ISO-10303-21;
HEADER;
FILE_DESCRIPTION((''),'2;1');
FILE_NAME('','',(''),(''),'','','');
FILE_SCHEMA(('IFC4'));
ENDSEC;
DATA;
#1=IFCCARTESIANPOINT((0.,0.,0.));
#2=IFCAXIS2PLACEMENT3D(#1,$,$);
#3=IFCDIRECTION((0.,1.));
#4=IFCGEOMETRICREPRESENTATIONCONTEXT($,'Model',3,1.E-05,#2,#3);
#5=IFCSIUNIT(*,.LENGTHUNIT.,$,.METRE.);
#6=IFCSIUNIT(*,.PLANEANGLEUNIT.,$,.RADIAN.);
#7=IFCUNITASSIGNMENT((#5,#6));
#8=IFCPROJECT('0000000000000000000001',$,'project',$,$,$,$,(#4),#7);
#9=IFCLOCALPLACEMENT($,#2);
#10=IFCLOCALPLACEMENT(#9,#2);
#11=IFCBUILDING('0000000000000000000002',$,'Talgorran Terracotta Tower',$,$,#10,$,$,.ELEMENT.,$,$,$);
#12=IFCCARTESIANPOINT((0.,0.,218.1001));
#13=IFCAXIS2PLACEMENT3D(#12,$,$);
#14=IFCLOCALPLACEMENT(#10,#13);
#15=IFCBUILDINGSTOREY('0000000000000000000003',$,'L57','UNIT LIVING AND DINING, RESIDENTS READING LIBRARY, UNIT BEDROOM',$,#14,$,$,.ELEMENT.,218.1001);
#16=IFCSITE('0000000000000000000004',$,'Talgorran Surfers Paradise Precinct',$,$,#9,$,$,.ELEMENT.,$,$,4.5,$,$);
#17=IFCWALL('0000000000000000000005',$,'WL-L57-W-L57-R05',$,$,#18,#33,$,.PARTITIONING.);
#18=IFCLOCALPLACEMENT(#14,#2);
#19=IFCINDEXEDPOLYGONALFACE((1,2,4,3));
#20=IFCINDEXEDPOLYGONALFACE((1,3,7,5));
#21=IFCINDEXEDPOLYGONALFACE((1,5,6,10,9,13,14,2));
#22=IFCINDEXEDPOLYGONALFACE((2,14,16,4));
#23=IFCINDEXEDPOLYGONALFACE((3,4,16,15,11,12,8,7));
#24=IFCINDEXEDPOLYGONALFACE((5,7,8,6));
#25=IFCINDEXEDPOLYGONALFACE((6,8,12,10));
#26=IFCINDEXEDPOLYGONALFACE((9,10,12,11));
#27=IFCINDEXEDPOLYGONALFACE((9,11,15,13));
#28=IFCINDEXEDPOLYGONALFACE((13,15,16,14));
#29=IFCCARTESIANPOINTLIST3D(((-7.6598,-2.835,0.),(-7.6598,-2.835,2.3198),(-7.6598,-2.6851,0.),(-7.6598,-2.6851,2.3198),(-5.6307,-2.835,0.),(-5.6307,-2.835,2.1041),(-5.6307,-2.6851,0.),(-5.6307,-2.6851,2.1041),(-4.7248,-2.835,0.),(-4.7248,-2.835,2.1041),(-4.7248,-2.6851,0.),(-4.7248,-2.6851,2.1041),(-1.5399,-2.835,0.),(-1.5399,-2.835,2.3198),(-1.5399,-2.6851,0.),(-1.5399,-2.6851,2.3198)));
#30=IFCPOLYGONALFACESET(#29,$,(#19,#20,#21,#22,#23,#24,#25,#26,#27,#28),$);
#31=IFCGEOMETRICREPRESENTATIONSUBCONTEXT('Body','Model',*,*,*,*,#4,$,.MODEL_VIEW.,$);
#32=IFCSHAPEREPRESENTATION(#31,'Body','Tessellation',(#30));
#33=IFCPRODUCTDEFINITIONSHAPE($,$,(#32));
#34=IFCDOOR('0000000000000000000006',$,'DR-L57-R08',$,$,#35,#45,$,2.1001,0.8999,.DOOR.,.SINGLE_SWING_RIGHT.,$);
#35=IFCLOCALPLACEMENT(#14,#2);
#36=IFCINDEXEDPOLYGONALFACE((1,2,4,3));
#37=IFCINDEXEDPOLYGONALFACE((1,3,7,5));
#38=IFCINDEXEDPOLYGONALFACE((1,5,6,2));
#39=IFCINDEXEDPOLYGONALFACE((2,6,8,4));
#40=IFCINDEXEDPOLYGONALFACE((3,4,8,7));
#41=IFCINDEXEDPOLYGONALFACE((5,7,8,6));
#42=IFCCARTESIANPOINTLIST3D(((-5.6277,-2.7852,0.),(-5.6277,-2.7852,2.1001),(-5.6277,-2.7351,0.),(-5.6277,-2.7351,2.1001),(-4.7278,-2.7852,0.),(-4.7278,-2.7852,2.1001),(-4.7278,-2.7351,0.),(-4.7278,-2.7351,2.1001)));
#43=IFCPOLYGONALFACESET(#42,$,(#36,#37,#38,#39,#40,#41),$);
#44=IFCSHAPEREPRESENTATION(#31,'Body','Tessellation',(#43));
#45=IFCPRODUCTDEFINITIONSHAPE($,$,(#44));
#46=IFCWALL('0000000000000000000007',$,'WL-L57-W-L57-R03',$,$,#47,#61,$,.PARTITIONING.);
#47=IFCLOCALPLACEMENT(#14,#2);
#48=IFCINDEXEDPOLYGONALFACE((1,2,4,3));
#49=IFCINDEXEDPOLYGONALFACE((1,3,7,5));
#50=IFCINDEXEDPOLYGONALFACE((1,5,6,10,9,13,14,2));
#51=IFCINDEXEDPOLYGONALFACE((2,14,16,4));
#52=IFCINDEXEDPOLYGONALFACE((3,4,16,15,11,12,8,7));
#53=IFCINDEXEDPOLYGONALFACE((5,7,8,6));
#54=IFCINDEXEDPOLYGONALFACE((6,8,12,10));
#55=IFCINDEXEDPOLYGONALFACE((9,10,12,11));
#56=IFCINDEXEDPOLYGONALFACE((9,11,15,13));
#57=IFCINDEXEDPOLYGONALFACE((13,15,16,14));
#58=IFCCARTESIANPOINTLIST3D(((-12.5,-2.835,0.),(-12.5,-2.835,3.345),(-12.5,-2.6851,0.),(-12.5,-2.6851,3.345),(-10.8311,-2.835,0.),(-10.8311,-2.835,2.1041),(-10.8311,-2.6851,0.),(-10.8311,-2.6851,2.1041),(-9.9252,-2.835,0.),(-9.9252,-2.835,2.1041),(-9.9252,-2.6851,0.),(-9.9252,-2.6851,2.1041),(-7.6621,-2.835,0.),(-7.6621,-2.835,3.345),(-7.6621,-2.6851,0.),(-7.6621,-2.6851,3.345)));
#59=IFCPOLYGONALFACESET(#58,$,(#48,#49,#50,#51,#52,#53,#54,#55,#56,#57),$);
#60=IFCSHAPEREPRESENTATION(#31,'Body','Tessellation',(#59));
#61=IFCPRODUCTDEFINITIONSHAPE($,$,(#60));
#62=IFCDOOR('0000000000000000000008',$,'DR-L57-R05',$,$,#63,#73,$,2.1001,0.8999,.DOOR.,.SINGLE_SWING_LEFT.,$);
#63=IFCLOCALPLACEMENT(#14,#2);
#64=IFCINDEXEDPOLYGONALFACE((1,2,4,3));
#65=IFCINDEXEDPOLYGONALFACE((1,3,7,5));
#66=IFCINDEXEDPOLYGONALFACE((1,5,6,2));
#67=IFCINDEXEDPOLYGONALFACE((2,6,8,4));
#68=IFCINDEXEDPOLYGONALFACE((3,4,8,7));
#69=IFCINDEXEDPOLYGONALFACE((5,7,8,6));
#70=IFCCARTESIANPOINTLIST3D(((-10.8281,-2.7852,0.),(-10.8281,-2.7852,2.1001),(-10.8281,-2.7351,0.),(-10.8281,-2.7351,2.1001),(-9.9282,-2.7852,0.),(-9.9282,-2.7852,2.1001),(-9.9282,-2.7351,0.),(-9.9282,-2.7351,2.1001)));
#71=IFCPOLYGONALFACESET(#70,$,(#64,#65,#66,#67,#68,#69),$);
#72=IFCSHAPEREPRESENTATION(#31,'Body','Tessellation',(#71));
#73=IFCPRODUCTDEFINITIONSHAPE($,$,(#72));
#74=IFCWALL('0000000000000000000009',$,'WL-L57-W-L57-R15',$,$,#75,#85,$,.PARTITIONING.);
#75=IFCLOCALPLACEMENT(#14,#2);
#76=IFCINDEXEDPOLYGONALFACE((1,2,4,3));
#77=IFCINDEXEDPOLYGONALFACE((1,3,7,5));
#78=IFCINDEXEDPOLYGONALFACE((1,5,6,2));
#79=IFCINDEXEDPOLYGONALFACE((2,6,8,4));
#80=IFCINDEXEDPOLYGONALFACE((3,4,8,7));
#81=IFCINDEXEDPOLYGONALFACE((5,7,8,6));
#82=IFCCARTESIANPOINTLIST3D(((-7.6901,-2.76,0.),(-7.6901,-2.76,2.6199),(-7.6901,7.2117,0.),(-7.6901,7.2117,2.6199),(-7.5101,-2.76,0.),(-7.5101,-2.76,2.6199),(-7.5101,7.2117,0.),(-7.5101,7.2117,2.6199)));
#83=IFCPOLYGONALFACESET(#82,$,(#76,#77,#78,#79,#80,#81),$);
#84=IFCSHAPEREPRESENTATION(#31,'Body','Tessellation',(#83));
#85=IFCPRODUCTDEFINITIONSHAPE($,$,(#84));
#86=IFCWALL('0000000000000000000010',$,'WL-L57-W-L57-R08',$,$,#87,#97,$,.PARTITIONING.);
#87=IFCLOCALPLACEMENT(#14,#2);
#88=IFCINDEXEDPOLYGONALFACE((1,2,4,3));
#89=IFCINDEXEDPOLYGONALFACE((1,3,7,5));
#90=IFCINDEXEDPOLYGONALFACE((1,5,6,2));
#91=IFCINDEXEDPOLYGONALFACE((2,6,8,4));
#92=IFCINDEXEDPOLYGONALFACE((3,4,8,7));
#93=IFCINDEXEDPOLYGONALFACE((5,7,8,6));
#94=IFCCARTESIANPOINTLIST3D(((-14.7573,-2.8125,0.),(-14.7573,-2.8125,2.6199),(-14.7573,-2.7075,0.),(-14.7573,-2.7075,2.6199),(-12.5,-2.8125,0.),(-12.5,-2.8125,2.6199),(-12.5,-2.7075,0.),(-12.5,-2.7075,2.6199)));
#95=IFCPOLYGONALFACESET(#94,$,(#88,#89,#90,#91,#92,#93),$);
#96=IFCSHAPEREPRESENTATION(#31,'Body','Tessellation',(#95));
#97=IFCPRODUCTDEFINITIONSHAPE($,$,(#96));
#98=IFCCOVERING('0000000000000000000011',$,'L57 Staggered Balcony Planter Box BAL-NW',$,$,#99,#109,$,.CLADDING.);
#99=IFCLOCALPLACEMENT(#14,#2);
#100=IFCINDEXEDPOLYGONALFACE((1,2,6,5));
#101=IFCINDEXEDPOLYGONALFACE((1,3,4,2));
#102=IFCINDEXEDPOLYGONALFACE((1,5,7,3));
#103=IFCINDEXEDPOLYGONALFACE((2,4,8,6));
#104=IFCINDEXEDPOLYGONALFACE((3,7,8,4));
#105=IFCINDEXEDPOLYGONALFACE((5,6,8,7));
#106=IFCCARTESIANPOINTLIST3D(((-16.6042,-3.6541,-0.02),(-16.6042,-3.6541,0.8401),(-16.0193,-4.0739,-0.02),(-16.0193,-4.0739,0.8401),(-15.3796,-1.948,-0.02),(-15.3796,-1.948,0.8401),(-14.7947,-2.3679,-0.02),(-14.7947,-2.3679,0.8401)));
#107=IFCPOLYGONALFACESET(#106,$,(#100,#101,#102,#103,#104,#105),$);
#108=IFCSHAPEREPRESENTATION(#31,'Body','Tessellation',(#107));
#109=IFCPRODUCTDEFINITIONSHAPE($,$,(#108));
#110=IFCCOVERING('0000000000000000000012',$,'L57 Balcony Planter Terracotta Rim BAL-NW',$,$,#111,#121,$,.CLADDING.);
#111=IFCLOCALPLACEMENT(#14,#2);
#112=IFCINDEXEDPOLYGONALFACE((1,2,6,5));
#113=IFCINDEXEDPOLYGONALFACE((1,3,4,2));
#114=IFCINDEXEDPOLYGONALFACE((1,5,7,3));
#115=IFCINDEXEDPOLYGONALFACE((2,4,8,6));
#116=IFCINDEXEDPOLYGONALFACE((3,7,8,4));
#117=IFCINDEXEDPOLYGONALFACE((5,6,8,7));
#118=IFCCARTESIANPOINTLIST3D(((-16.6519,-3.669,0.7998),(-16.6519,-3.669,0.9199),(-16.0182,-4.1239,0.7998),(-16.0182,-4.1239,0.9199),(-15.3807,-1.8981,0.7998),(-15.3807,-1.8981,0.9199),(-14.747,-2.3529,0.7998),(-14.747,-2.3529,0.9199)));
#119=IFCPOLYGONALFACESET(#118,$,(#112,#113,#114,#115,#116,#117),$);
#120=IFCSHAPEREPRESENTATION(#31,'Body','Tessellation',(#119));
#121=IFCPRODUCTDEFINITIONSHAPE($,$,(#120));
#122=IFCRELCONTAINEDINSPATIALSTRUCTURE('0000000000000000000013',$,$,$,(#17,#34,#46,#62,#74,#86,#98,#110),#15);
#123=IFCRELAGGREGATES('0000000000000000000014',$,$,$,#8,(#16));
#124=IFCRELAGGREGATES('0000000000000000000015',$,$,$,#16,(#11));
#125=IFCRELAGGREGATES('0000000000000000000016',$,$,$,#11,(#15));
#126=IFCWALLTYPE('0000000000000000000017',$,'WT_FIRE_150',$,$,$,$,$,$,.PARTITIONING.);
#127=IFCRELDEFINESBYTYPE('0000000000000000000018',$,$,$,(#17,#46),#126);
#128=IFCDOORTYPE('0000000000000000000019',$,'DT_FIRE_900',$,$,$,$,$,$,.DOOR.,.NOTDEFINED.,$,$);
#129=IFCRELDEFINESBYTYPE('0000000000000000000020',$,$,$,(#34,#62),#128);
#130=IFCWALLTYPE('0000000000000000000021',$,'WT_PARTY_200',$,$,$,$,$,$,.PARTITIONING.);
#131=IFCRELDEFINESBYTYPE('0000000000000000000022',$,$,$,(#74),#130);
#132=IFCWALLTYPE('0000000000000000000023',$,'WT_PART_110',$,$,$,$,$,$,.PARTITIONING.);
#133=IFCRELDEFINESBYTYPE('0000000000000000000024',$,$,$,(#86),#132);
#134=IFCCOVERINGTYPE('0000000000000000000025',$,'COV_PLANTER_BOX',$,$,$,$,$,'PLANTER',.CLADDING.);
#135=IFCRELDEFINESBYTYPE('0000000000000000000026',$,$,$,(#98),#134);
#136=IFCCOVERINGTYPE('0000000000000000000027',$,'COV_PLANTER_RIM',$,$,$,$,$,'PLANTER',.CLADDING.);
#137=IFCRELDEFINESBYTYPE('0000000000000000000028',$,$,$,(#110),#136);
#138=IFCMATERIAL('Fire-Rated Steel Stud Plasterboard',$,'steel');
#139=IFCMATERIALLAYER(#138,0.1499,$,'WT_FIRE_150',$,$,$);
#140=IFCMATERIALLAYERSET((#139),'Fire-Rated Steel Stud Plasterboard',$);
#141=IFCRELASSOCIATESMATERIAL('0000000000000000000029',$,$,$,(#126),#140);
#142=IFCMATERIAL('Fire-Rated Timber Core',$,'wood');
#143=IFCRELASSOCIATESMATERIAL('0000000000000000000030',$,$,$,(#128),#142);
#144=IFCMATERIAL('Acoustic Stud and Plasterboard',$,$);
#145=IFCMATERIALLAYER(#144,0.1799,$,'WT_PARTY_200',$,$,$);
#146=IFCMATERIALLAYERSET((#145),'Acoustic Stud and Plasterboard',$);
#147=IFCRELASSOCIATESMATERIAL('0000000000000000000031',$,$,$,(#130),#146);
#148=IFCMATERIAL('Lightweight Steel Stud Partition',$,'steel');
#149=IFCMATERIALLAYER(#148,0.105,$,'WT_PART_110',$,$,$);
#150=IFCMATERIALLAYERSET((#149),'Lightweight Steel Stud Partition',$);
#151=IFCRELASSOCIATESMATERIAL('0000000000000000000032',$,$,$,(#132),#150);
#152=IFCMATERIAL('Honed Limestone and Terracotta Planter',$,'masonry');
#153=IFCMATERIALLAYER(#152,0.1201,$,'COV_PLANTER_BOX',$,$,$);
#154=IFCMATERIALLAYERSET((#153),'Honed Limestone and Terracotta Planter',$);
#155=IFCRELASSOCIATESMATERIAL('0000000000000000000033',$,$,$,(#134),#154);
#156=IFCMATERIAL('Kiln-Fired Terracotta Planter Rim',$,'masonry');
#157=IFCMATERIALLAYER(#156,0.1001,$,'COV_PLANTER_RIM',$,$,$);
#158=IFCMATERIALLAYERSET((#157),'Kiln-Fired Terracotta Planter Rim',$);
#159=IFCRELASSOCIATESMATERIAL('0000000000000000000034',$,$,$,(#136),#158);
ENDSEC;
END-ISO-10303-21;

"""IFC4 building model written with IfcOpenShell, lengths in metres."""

from ifc_helpers import new_model, si_unit, direction, frame, frame_2d, origin, origin_2d, place, context, subcontext, project, spatial, rectangle, extrude, material, layer, layer_set, type_object, element, fill, save


model = new_model("IFC4")

# Units and contexts
model_context = context("Model", 3, precision=1e-05, world=origin(), true_north=direction((0.0, 1.0)))
body_context = subcontext(model_context, "Body", "Model", "MODEL_VIEW")
ifc_project = project(units=[si_unit("LENGTHUNIT", "METRE"), si_unit("PLANEANGLEUNIT", "RADIAN")], contexts=[model_context])

# Site, building, storey
site_placement = place(None, origin())
site = spatial("IfcSite", under=ifc_project, at=site_placement, Name="Talgorran Surfers Paradise Precinct", CompositionType="ELEMENT", RefElevation=4.5)
building_placement = place(site_placement, origin())
building = spatial("IfcBuilding", under=site, at=building_placement, Name="Talgorran Terracotta Tower", CompositionType="ELEMENT")
storey_placement = place(building_placement, frame((0.0, 0.0, 218.1001)))
storey = spatial("IfcBuildingStorey", under=building, at=storey_placement, Name="L57", Description="UNIT LIVING AND DINING, RESIDENTS READING LIBRARY, UNIT BEDROOM", CompositionType="ELEMENT", Elevation=218.1001)

# Walls, openings, doors
ifc_material_1 = material(Name="Fire-Rated Steel Stud Plasterboard", Category="steel")
ifc_layer_1 = layer(ifc_material_1, 0.1499, Name="WT_FIRE_150")
ifc_layer_set_1 = layer_set([ifc_layer_1], Name="Fire-Rated Steel Stud Plasterboard")
wall_type_1 = type_object("IfcWallType", Name="WT_FIRE_150", PredefinedType="PARTITIONING", material=ifc_layer_set_1)
wall_1_placement = place(storey_placement, frame((-7.6599, -2.76, 0.0), z_axis=(0.0, 0.0, 1.0), x_axis=(1.0, 0.0, 0.0)))
wall_1 = element("IfcWall", 1, at=wall_1_placement, inside=storey, type_object=wall_type_1, Name="WL-L57-W-L57-R05", PredefinedType="PARTITIONING", context=body_context, shape_type="SweptSolid", body=[
    extrude(rectangle(XDim=6.1199, YDim=0.1499, at=frame_2d((3.0601, 0.0))), origin(), (0.0, 0.0, 1.0), 2.3198),
])
opening_1_placement = place(wall_1_placement, frame((2.0322, 0.0, 0.0)))
opening_1 = element("IfcOpeningElement", 2, at=opening_1_placement, cuts=wall_1, PredefinedType="OPENING", context=body_context, shape_type="SweptSolid", body=[
    extrude(rectangle(XDim=0.9059, YDim=2.1041, at=frame_2d((0.45, 1.052))), frame((0.0, 0.085, 0.0), z_axis=(0.0, -1.0, 0.0), x_axis=(1.0, 0.0, 0.0)), (0.0, 0.0, 1.0), 0.1699),
])
ifc_material_2 = material(Name="Fire-Rated Timber Core", Category="wood")
door_type_1 = type_object("IfcDoorType", Name="DT_FIRE_900", OperationType="NOTDEFINED", PredefinedType="DOOR", material=ifc_material_2)
door_1_placement = place(opening_1_placement, origin())
door_1 = element("IfcDoor", 3, at=door_1_placement, inside=storey, type_object=door_type_1, Name="DR-L57-R08", OperationType="SINGLE_SWING_RIGHT", OverallHeight=2.1001, OverallWidth=0.8999, PredefinedType="DOOR", context=body_context, shape_type="SweptSolid", body=[
    extrude(rectangle(XDim=0.8999, YDim=2.1001, at=frame_2d((0.45, 1.05))), frame((0.0, 0.0249, 0.0), z_axis=(0.0, -1.0, 0.0), x_axis=(1.0, 0.0, 0.0)), (0.0, 0.0, 1.0), 0.05),
])
fill(opening_1, door_1)
wall_2_placement = place(storey_placement, frame((-12.5, -2.76, 0.0), z_axis=(0.0, 0.0, 1.0), x_axis=(1.0, 0.0, 0.0)))
wall_2 = element("IfcWall", 4, at=wall_2_placement, inside=storey, type_object=wall_type_1, Name="WL-L57-W-L57-R03", PredefinedType="PARTITIONING", context=body_context, shape_type="SweptSolid", body=[
    extrude(rectangle(XDim=4.8379, YDim=0.1499, at=frame_2d((2.4189, 0.0))), origin(), (0.0, 0.0, 1.0), 3.345),
])
opening_2_placement = place(wall_2_placement, frame((1.6719, 0.0, 0.0)))
opening_2 = element("IfcOpeningElement", 5, at=opening_2_placement, cuts=wall_2, PredefinedType="OPENING", context=body_context, shape_type="SweptSolid", body=[
    extrude(rectangle(XDim=0.9059, YDim=2.1041, at=frame_2d((0.45, 1.052))), frame((0.0, 0.085, 0.0), z_axis=(0.0, -1.0, 0.0), x_axis=(1.0, 0.0, 0.0)), (0.0, 0.0, 1.0), 0.1699),
])
door_2_placement = place(opening_2_placement, origin())
door_2 = element("IfcDoor", 6, at=door_2_placement, inside=storey, type_object=door_type_1, Name="DR-L57-R05", OperationType="SINGLE_SWING_LEFT", OverallHeight=2.1001, OverallWidth=0.8999, PredefinedType="DOOR", context=body_context, shape_type="SweptSolid", body=[
    extrude(rectangle(XDim=0.8999, YDim=2.1001, at=frame_2d((0.45, 1.05))), frame((0.0, 0.0249, 0.0), z_axis=(0.0, -1.0, 0.0), x_axis=(1.0, 0.0, 0.0)), (0.0, 0.0, 1.0), 0.05),
])
fill(opening_2, door_2)

# Walls
ifc_material_3 = material(Name="Acoustic Stud and Plasterboard")
ifc_layer_2 = layer(ifc_material_3, 0.1799, Name="WT_PARTY_200")
ifc_layer_set_2 = layer_set([ifc_layer_2], Name="Acoustic Stud and Plasterboard")
wall_type_2 = type_object("IfcWallType", Name="WT_PARTY_200", PredefinedType="PARTITIONING", material=ifc_layer_set_2)
wall_3_placement = place(storey_placement, frame((-7.6001, -2.76, 0.0), z_axis=(0.0, 0.0, 1.0), x_axis=(0.0, 1.0, 0.0)))
element("IfcWall", 7, at=wall_3_placement, inside=storey, type_object=wall_type_2, Name="WL-L57-W-L57-R15", PredefinedType="PARTITIONING", context=body_context, shape_type="SweptSolid", body=[
    extrude(rectangle(XDim=9.9717, YDim=0.1799, at=frame_2d((4.9858, 0.0))), origin(), (0.0, 0.0, 1.0), 2.6199),
])
ifc_material_4 = material(Name="Lightweight Steel Stud Partition", Category="steel")
ifc_layer_3 = layer(ifc_material_4, 0.105, Name="WT_PART_110")
ifc_layer_set_3 = layer_set([ifc_layer_3], Name="Lightweight Steel Stud Partition")
wall_type_3 = type_object("IfcWallType", Name="WT_PART_110", PredefinedType="PARTITIONING", material=ifc_layer_set_3)
wall_4_placement = place(storey_placement, frame((-14.7573, -2.76, 0.0), z_axis=(0.0, 0.0, 1.0), x_axis=(1.0, 0.0, 0.0)))
element("IfcWall", 8, at=wall_4_placement, inside=storey, type_object=wall_type_3, Name="WL-L57-W-L57-R08", PredefinedType="PARTITIONING", context=body_context, shape_type="SweptSolid", body=[
    extrude(rectangle(XDim=2.2573, YDim=0.105, at=frame_2d((1.1287, 0.0))), origin(), (0.0, 0.0, 1.0), 2.6199),
])

# Coverings
ifc_material_5 = material(Name="Honed Limestone and Terracotta Planter", Category="masonry")
ifc_layer_4 = layer(ifc_material_5, 0.1201, Name="COV_PLANTER_BOX")
ifc_layer_set_4 = layer_set([ifc_layer_4], Name="Honed Limestone and Terracotta Planter")
covering_type_1 = type_object("IfcCoveringType", Name="COV_PLANTER_BOX", ElementType="PLANTER", PredefinedType="CLADDING", material=ifc_layer_set_4)
covering_1_placement = place(storey_placement, frame((-15.6995, -3.011, -0.02), z_axis=(0.0, 0.0, 1.0), x_axis=(-0.583116, -0.812389, 0.0)))
element("IfcCovering", 9, at=covering_1_placement, inside=storey, type_object=covering_type_1, Name="L57 Staggered Balcony Planter Box BAL-NW", PredefinedType="CLADDING", context=body_context, shape_type="SweptSolid", body=[
    extrude(rectangle(XDim=2.1001, YDim=0.72, at=origin_2d()), origin(), (0.0, 0.0, 1.0), 0.8601),
])
ifc_material_6 = material(Name="Kiln-Fired Terracotta Planter Rim", Category="masonry")
ifc_layer_5 = layer(ifc_material_6, 0.1001, Name="COV_PLANTER_RIM")
ifc_layer_set_5 = layer_set([ifc_layer_5], Name="Kiln-Fired Terracotta Planter Rim")
covering_type_2 = type_object("IfcCoveringType", Name="COV_PLANTER_RIM", ElementType="PLANTER", PredefinedType="CLADDING", material=ifc_layer_set_5)
covering_2_placement = place(storey_placement, frame((-15.6995, -3.011, 0.7998), z_axis=(0.0, 0.0, 1.0), x_axis=(-0.583116, -0.812389, 0.0)))
element("IfcCovering", 10, at=covering_2_placement, inside=storey, type_object=covering_type_2, Name="L57 Balcony Planter Terracotta Rim BAL-NW", PredefinedType="CLADDING", context=body_context, shape_type="SweptSolid", body=[
    extrude(rectangle(XDim=2.1799, YDim=0.78, at=origin_2d()), origin(), (0.0, 0.0, 1.0), 0.1201),
])

save(model, "model.ifc")
